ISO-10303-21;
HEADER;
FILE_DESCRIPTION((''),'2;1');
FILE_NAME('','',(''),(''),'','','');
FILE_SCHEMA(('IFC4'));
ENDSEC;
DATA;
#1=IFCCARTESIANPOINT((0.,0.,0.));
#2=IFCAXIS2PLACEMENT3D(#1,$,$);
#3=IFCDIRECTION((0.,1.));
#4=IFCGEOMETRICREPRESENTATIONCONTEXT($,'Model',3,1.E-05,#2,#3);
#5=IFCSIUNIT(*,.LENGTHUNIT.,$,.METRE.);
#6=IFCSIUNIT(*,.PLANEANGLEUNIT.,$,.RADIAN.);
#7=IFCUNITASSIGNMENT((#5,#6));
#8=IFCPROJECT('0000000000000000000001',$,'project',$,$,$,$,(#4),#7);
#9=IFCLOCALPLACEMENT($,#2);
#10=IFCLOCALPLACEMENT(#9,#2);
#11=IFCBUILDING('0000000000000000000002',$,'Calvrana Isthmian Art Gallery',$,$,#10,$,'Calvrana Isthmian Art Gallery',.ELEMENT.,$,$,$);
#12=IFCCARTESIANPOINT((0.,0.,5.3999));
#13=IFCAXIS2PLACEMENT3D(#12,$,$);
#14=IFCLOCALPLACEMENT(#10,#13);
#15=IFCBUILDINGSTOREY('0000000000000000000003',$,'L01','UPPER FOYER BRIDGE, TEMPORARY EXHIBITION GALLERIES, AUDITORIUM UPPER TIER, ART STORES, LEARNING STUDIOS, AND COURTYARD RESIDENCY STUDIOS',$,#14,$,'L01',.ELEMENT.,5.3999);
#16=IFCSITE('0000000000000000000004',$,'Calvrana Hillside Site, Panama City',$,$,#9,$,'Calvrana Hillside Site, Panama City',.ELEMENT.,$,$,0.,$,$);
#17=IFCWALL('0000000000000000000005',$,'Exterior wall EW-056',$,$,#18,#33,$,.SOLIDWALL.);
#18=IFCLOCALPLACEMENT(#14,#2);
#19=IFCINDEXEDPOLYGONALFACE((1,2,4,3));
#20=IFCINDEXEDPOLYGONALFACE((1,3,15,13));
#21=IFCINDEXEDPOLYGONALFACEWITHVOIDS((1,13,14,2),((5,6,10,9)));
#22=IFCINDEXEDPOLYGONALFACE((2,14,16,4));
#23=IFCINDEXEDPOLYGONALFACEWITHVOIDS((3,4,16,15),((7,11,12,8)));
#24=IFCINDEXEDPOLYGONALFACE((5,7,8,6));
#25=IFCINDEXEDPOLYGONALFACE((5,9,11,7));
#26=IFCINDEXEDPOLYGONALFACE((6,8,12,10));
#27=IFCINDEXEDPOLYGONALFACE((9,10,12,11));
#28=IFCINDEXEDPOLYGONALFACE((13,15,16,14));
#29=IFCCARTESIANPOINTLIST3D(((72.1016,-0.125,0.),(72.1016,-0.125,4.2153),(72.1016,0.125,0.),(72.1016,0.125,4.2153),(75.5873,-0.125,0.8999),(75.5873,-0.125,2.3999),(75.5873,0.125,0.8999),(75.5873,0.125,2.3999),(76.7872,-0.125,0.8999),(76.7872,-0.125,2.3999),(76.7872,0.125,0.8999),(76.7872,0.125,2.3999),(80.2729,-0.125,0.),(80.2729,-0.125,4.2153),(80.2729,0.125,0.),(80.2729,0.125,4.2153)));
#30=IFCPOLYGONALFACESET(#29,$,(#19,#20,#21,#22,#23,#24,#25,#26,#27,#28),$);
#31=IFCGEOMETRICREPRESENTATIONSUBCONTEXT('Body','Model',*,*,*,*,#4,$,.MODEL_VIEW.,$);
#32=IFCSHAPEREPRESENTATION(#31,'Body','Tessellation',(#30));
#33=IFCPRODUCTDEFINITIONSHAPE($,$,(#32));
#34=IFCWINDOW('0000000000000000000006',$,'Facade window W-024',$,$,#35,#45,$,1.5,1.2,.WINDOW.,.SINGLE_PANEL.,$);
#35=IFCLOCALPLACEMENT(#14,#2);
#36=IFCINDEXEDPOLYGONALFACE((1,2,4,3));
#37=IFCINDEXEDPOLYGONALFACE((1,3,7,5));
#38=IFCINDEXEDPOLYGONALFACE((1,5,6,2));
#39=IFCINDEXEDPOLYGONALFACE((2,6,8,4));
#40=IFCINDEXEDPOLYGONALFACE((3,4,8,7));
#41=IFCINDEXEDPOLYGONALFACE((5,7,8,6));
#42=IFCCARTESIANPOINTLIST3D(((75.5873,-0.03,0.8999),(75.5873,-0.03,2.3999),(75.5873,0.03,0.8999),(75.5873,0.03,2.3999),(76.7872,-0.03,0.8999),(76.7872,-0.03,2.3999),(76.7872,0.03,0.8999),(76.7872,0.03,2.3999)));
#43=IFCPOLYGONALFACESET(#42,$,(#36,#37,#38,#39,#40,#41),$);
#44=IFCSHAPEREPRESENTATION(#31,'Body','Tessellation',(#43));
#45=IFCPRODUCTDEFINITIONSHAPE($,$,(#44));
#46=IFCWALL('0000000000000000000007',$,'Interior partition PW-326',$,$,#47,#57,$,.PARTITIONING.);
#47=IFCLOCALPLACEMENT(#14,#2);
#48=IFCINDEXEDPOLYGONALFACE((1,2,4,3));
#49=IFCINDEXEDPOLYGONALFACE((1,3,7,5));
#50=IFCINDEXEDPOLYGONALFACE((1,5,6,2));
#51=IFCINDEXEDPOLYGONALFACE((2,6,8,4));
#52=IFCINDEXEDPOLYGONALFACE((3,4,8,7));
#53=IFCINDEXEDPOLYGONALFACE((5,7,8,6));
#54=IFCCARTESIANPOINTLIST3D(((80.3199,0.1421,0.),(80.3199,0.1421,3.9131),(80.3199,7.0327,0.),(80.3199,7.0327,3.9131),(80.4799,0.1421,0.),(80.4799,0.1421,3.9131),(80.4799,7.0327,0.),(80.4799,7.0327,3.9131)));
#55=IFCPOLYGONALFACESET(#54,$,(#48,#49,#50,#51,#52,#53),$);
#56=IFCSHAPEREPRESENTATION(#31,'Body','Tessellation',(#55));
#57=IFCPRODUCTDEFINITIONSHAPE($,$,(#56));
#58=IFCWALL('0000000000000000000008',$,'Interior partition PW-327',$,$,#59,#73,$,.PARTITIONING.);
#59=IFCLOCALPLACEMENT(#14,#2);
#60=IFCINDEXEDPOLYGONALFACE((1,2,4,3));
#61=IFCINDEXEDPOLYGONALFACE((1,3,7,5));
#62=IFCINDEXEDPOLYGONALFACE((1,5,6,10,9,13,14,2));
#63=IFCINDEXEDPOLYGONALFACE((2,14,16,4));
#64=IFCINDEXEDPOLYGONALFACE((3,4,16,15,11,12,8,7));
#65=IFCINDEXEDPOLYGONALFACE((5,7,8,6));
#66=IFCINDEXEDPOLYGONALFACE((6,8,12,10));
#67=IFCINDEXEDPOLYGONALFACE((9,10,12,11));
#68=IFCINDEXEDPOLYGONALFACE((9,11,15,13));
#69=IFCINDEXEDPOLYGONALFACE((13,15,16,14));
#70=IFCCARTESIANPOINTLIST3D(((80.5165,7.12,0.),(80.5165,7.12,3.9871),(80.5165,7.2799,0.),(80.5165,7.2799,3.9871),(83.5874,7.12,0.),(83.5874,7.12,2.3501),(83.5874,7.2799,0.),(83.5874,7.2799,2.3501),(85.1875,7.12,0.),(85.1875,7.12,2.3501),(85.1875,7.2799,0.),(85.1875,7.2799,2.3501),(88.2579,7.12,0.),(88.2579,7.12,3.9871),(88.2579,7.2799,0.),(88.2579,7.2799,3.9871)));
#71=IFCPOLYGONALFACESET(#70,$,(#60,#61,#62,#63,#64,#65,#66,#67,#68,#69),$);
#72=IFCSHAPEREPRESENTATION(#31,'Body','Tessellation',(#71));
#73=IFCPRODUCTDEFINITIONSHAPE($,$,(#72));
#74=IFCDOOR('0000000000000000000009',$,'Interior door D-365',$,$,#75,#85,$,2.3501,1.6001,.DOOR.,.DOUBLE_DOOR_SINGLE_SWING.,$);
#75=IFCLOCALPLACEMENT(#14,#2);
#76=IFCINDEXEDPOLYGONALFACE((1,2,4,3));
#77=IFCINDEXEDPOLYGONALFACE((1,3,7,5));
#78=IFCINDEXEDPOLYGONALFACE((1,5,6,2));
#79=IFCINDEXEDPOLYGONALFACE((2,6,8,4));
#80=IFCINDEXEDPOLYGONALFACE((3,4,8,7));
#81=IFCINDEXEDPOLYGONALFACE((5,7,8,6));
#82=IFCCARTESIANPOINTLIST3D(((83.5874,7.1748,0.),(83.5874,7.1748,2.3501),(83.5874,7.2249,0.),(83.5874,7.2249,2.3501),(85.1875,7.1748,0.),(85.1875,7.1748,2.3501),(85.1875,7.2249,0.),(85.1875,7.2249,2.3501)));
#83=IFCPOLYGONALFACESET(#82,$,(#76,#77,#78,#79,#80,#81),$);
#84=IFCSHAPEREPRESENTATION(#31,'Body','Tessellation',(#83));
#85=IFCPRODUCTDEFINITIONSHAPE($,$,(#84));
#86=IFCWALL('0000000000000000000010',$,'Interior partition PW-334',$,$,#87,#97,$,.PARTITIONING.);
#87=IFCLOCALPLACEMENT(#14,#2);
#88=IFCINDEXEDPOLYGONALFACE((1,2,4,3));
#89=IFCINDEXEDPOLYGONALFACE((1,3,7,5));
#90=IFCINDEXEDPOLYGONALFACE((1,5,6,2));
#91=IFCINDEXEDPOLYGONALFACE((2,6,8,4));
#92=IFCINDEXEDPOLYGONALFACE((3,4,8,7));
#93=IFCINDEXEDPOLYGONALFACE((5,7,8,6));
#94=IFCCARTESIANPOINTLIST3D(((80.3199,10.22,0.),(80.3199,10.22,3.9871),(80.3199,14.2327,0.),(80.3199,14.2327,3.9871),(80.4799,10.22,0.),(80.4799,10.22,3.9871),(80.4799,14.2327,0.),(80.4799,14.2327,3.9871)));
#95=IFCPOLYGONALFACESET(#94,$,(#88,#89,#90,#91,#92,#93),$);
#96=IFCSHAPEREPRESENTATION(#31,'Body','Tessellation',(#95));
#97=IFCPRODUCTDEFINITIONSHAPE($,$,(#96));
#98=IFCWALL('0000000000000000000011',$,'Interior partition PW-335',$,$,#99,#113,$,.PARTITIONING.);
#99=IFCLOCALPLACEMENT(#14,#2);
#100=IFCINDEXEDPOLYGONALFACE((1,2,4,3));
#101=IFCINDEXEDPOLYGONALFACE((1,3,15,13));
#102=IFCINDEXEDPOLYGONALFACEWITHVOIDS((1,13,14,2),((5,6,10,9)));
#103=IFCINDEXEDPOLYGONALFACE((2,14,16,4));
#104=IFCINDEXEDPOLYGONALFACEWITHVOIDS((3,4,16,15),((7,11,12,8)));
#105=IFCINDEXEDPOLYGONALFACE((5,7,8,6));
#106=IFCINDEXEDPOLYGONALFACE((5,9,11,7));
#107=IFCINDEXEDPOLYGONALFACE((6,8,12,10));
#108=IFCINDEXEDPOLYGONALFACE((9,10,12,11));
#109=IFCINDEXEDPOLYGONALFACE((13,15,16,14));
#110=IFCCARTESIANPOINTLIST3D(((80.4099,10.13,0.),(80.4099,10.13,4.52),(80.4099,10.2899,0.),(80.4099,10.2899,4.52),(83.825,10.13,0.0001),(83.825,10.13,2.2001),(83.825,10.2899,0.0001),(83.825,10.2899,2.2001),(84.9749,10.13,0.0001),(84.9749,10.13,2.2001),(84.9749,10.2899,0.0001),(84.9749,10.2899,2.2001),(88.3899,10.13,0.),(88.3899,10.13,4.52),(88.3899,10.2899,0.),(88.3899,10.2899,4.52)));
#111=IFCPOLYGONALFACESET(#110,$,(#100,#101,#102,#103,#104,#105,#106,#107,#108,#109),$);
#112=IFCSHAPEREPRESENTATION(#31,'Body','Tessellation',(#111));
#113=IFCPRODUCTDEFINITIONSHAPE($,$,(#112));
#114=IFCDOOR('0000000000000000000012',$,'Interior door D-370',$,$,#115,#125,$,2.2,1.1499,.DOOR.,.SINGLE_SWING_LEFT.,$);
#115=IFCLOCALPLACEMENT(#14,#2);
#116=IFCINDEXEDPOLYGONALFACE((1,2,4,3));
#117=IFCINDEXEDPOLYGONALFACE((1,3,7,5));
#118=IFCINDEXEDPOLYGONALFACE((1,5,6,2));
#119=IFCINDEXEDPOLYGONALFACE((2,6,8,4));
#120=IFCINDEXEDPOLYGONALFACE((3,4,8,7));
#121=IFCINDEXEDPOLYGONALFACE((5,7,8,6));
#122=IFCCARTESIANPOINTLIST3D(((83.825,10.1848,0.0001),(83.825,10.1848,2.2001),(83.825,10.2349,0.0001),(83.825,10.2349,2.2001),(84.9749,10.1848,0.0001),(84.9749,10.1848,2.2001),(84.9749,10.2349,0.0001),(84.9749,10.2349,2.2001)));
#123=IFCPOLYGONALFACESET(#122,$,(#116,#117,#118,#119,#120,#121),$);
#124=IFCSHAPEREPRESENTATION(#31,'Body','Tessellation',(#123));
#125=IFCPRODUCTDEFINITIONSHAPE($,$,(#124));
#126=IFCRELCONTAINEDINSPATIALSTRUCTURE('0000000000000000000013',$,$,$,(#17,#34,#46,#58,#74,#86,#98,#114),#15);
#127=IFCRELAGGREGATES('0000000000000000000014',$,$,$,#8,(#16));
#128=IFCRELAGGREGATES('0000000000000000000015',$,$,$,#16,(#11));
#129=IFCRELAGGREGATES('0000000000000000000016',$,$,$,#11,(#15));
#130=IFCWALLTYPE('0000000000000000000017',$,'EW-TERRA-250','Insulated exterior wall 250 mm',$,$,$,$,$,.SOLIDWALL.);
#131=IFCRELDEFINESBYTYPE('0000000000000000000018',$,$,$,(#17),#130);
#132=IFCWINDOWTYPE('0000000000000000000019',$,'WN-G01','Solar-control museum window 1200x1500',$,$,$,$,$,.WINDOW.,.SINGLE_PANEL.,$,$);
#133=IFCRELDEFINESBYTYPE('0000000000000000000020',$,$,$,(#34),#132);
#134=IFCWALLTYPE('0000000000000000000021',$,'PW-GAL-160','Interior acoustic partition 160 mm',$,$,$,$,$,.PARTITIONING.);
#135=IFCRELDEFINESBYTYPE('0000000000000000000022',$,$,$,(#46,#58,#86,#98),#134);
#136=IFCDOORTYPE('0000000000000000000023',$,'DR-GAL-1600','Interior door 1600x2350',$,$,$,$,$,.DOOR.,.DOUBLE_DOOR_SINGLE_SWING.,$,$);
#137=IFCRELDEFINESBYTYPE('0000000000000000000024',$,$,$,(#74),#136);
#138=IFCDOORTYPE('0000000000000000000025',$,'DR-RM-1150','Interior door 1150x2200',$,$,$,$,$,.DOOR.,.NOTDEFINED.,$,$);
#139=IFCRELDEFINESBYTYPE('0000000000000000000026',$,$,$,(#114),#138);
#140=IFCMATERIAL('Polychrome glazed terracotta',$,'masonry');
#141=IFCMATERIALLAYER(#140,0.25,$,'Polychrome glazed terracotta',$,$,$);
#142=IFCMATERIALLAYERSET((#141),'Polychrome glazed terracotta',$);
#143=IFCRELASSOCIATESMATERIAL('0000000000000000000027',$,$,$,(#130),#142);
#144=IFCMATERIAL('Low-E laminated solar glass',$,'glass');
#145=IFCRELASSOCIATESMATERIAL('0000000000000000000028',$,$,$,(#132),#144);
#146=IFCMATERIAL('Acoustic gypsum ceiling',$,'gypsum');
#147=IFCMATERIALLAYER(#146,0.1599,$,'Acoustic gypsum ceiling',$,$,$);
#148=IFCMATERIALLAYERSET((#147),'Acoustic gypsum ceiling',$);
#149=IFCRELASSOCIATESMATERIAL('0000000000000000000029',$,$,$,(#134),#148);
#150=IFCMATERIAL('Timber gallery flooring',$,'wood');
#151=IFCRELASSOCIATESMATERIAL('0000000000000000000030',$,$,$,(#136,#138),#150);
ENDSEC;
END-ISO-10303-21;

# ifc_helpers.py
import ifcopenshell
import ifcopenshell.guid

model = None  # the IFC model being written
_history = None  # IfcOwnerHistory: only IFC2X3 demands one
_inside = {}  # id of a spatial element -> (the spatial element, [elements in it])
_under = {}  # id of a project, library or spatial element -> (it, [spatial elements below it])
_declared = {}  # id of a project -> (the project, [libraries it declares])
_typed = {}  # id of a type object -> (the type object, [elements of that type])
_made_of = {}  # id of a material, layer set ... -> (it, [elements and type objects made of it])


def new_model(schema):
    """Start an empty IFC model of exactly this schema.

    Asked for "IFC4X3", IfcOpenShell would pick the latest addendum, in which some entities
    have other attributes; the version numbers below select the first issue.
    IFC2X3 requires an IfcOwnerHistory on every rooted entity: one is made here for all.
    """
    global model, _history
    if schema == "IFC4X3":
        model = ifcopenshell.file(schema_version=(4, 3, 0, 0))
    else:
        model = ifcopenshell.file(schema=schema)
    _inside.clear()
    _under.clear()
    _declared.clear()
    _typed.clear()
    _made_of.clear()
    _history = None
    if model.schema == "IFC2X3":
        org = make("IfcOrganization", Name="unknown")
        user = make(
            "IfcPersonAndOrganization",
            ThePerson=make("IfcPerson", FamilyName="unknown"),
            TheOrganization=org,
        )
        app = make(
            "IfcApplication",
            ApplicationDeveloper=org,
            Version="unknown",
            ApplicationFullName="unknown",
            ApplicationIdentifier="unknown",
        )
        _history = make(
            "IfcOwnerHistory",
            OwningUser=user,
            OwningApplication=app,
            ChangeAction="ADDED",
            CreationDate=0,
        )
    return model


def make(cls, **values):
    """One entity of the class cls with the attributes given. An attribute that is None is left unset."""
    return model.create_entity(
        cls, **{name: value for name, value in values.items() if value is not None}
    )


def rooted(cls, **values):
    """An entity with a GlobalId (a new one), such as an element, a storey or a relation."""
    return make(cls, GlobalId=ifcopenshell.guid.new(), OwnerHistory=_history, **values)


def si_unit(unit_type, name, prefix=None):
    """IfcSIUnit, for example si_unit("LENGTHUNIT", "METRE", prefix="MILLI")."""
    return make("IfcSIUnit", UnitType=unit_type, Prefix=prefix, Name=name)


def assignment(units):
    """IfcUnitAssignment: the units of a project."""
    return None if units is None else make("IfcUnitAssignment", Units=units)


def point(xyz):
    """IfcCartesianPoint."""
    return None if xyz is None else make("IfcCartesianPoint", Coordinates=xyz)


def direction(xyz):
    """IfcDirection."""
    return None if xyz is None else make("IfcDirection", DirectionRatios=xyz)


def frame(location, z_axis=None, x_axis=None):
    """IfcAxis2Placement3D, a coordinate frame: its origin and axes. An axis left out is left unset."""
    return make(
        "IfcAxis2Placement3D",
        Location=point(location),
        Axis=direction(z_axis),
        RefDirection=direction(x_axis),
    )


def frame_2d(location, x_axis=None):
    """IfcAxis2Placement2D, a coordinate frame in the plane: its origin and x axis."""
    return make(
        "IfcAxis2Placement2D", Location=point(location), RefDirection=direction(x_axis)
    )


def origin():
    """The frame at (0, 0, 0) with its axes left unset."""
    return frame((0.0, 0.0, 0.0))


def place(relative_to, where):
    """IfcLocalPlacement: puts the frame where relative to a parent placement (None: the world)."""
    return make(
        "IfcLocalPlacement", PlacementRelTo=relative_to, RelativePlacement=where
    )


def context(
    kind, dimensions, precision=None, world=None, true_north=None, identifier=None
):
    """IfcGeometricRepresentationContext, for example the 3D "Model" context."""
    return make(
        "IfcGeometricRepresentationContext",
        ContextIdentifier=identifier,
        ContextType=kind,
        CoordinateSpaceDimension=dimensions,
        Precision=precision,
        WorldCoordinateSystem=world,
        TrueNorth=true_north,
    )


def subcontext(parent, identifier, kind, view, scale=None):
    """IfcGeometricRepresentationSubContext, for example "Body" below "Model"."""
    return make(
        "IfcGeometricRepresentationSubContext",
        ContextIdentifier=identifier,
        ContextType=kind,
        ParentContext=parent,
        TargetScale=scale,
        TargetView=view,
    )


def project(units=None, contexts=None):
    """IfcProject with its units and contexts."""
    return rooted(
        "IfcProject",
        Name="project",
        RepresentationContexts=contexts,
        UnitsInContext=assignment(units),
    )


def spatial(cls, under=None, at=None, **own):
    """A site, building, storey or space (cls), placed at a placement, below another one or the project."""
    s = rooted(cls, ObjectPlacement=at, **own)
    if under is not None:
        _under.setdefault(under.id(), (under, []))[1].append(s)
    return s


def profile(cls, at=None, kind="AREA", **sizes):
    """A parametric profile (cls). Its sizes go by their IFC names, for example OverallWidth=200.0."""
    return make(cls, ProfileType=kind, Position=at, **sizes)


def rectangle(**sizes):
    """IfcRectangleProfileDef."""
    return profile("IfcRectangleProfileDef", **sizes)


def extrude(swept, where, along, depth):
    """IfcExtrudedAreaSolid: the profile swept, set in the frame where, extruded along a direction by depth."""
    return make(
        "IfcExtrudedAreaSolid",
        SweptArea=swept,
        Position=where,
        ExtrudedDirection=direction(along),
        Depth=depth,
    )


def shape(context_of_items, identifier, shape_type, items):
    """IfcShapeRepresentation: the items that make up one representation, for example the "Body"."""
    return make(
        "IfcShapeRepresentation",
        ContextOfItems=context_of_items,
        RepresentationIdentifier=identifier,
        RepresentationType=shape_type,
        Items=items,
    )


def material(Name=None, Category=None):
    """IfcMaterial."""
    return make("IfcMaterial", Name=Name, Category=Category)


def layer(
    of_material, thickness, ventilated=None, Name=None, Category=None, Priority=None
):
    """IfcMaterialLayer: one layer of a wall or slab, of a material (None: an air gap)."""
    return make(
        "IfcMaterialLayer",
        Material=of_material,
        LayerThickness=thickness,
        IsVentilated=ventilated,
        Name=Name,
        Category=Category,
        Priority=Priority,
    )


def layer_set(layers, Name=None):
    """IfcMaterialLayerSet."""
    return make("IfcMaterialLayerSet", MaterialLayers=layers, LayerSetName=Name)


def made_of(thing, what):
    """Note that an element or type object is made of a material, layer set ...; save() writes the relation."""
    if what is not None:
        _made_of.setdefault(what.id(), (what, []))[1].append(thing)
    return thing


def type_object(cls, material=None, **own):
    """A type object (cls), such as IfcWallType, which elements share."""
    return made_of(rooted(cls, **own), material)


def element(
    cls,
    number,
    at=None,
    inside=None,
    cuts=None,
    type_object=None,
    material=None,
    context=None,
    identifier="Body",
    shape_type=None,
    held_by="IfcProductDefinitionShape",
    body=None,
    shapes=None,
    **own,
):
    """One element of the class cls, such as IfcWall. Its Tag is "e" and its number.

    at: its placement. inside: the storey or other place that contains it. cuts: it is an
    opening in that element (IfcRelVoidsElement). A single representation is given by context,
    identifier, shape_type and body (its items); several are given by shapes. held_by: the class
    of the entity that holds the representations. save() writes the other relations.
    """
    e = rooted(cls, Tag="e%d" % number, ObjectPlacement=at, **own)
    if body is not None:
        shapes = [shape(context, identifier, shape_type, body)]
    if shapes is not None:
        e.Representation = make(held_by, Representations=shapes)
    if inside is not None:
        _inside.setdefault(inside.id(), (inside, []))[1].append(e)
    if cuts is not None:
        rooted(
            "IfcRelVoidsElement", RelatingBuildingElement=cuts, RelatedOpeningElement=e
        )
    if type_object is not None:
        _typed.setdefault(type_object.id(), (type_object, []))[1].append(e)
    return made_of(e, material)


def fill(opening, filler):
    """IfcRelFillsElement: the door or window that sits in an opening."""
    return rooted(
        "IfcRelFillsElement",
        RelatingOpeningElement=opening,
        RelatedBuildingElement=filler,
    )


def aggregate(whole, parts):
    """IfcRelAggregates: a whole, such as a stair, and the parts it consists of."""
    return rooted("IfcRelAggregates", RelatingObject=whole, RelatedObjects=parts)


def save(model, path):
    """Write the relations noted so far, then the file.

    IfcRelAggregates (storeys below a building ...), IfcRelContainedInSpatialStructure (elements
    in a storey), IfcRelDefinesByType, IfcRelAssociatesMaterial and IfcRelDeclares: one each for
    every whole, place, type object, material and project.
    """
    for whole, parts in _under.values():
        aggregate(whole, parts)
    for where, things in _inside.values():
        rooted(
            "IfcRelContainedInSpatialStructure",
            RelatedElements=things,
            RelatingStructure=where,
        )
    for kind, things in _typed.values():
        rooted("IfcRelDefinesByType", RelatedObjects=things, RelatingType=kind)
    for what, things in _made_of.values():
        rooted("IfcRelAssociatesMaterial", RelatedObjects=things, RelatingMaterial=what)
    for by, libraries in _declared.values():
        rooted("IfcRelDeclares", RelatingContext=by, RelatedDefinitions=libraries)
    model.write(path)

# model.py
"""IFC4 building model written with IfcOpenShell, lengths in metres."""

from ifc_helpers import new_model, si_unit, direction, frame, frame_2d, origin, place, context, subcontext, project, spatial, rectangle, extrude, material, layer, layer_set, type_object, element, fill, save


model = new_model("IFC4")

# Units and contexts
model_context = context("Model", 3, precision=1e-05, world=origin(), true_north=direction((0.0, 1.0)))
body_context = subcontext(model_context, "Body", "Model", "MODEL_VIEW")
ifc_project = project(units=[si_unit("LENGTHUNIT", "METRE"), si_unit("PLANEANGLEUNIT", "RADIAN")], contexts=[model_context])

# Site, building, storey
site_placement = place(None, origin())
site = spatial("IfcSite", under=ifc_project, at=site_placement, Name="Calvrana Hillside Site, Panama City", LongName="Calvrana Hillside Site, Panama City", CompositionType="ELEMENT", RefElevation=0.0)
building_placement = place(site_placement, origin())
building = spatial("IfcBuilding", under=site, at=building_placement, Name="Calvrana Isthmian Art Gallery", LongName="Calvrana Isthmian Art Gallery", CompositionType="ELEMENT")
storey_placement = place(building_placement, frame((0.0, 0.0, 5.3999)))
storey = spatial("IfcBuildingStorey", under=building, at=storey_placement, Name="L01", Description="UPPER FOYER BRIDGE, TEMPORARY EXHIBITION GALLERIES, AUDITORIUM UPPER TIER, ART STORES, LEARNING STUDIOS, AND COURTYARD RESIDENCY STUDIOS", LongName="L01", CompositionType="ELEMENT", Elevation=5.3999)

# Shared definitions
ifc_material_1 = material(Name="Low-E laminated solar glass", Category="glass")

# Wall, opening, window
ifc_material_2 = material(Name="Polychrome glazed terracotta", Category="masonry")
ifc_layer_1 = layer(ifc_material_2, 0.25, Name="Polychrome glazed terracotta")
ifc_layer_set_1 = layer_set([ifc_layer_1], Name="Polychrome glazed terracotta")
wall_type_1 = type_object("IfcWallType", Name="EW-TERRA-250", Description="Insulated exterior wall 250 mm", PredefinedType="SOLIDWALL", material=ifc_layer_set_1)
wall_1_placement = place(storey_placement, frame((80.2729, 0.0, 0.0), z_axis=(0.0, 0.0, 1.0), x_axis=(-1.0, 0.0, 0.0)))
wall_1 = element("IfcWall", 1, at=wall_1_placement, inside=storey, type_object=wall_type_1, Name="Exterior wall EW-056", PredefinedType="SOLIDWALL", context=body_context, shape_type="SweptSolid", body=[
    extrude(rectangle(XDim=8.1714, YDim=0.25, at=frame_2d((4.0857, 0.0))), origin(), (0.0, 0.0, 1.0), 4.2153),
])
opening_1_placement = place(wall_1_placement, frame((3.4856, 0.0, 0.8999)))
opening_1 = element("IfcOpeningElement", 2, at=opening_1_placement, cuts=wall_1, PredefinedType="OPENING", context=body_context, shape_type="SweptSolid", body=[
    extrude(rectangle(XDim=1.2, YDim=1.5, at=frame_2d((0.6001, 0.75))), frame((0.0, 0.1353, 0.0), z_axis=(0.0, -1.0, 0.0), x_axis=(1.0, 0.0, 0.0)), (0.0, 0.0, 1.0), 0.2705),
])
window_type = type_object("IfcWindowType", Name="WN-G01", Description="Solar-control museum window 1200x1500", PartitioningType="SINGLE_PANEL", PredefinedType="WINDOW", material=ifc_material_1)
window_placement = place(opening_1_placement, origin())
window = element("IfcWindow", 3, at=window_placement, inside=storey, type_object=window_type, Name="Facade window W-024", OverallHeight=1.5, OverallWidth=1.2, PartitioningType="SINGLE_PANEL", PredefinedType="WINDOW", context=body_context, shape_type="SweptSolid", body=[
    extrude(rectangle(XDim=1.2, YDim=1.5, at=frame_2d((0.6001, 0.75))), frame((0.0, 0.03, 0.0), z_axis=(0.0, -1.0, 0.0), x_axis=(1.0, 0.0, 0.0)), (0.0, 0.0, 1.0), 0.0601),
])
fill(opening_1, window)

# Wall
ifc_material_3 = material(Name="Acoustic gypsum ceiling", Category="gypsum")
ifc_layer_2 = layer(ifc_material_3, 0.1599, Name="Acoustic gypsum ceiling")
ifc_layer_set_2 = layer_set([ifc_layer_2], Name="Acoustic gypsum ceiling")
wall_type_2 = type_object("IfcWallType", Name="PW-GAL-160", Description="Interior acoustic partition 160 mm", PredefinedType="PARTITIONING", material=ifc_layer_set_2)
wall_2_placement = place(storey_placement, frame((80.3999, 0.1421, 0.0), z_axis=(0.0, 0.0, 1.0), x_axis=(0.0, 1.0, 0.0)))
element("IfcWall", 4, at=wall_2_placement, inside=storey, type_object=wall_type_2, Name="Interior partition PW-326", PredefinedType="PARTITIONING", context=body_context, shape_type="SweptSolid", body=[
    extrude(rectangle(XDim=6.8906, YDim=0.1599, at=frame_2d((3.4453, 0.0))), origin(), (0.0, 0.0, 1.0), 3.9131),
])

# Wall, opening, door
wall_3_placement = place(storey_placement, frame((80.5166, 7.2, 0.0), z_axis=(0.0, 0.0, 1.0), x_axis=(1.0, 0.0, 0.0)))
wall_3 = element("IfcWall", 5, at=wall_3_placement, inside=storey, type_object=wall_type_2, Name="Interior partition PW-327", PredefinedType="PARTITIONING", context=body_context, shape_type="SweptSolid", body=[
    extrude(rectangle(XDim=7.7415, YDim=0.1599, at=frame_2d((3.8706, 0.0))), origin(), (0.0, 0.0, 1.0), 3.9871),
])
opening_2_placement = place(wall_3_placement, frame((3.0708, 0.0, 0.0)))
opening_2 = element("IfcOpeningElement", 6, at=opening_2_placement, cuts=wall_3, PredefinedType="OPENING", context=body_context, shape_type="SweptSolid", body=[
    extrude(rectangle(XDim=1.6001, YDim=2.3501, at=frame_2d((0.8, 1.175))), frame((0.0, 0.0903, 0.0), z_axis=(0.0, -1.0, 0.0), x_axis=(1.0, 0.0, 0.0)), (0.0, 0.0, 1.0), 0.1804),
])
ifc_material_4 = material(Name="Timber gallery flooring", Category="wood")
door_type_1 = type_object("IfcDoorType", Name="DR-GAL-1600", Description="Interior door 1600x2350", OperationType="DOUBLE_DOOR_SINGLE_SWING", PredefinedType="DOOR", material=ifc_material_4)
door_1_placement = place(opening_2_placement, origin())
door_1 = element("IfcDoor", 7, at=door_1_placement, inside=storey, type_object=door_type_1, Name="Interior door D-365", OperationType="DOUBLE_DOOR_SINGLE_SWING", OverallHeight=2.3501, OverallWidth=1.6001, PredefinedType="DOOR", context=body_context, shape_type="SweptSolid", body=[
    extrude(rectangle(XDim=1.6001, YDim=2.3501, at=frame_2d((0.8, 1.175))), frame((0.0, 0.0249, 0.0), z_axis=(0.0, -1.0, 0.0), x_axis=(1.0, 0.0, 0.0)), (0.0, 0.0, 1.0), 0.05),
])
fill(opening_2, door_1)

# Wall
wall_4_placement = place(storey_placement, frame((80.3999, 10.22, 0.0), z_axis=(0.0, 0.0, 1.0), x_axis=(0.0, 1.0, 0.0)))
element("IfcWall", 8, at=wall_4_placement, inside=storey, type_object=wall_type_2, Name="Interior partition PW-334", PredefinedType="PARTITIONING", context=body_context, shape_type="SweptSolid", body=[
    extrude(rectangle(XDim=4.0127, YDim=0.1599, at=frame_2d((2.0063, 0.0))), origin(), (0.0, 0.0, 1.0), 3.9871),
])

# Wall, opening, door
wall_5_placement = place(storey_placement, frame((80.4099, 10.21, 0.0), z_axis=(0.0, 0.0, 1.0), x_axis=(1.0, 0.0, 0.0)))
wall_5 = element("IfcWall", 9, at=wall_5_placement, inside=storey, type_object=wall_type_2, Name="Interior partition PW-335", PredefinedType="PARTITIONING", context=body_context, shape_type="SweptSolid", body=[
    extrude(rectangle(XDim=7.98, YDim=0.1599, at=frame_2d((3.99, 0.0))), origin(), (0.0, 0.0, 1.0), 4.52),
])
opening_3_placement = place(wall_5_placement, frame((3.415, 0.0, 0.0)))
opening_3 = element("IfcOpeningElement", 10, at=opening_3_placement, cuts=wall_5, PredefinedType="OPENING", context=body_context, shape_type="SweptSolid", body=[
    extrude(rectangle(XDim=1.1499, YDim=2.2, at=frame_2d((0.575, 1.1001))), frame((0.0, 0.0903, 0.0), z_axis=(0.0, -1.0, 0.0), x_axis=(1.0, 0.0, 0.0)), (0.0, 0.0, 1.0), 0.1804),
])
door_type_2 = type_object("IfcDoorType", Name="DR-RM-1150", Description="Interior door 1150x2200", OperationType="NOTDEFINED", PredefinedType="DOOR", material=ifc_material_4)
door_2_placement = place(opening_3_placement, origin())
door_2 = element("IfcDoor", 11, at=door_2_placement, inside=storey, type_object=door_type_2, Name="Interior door D-370", OperationType="SINGLE_SWING_LEFT", OverallHeight=2.2, OverallWidth=1.1499, PredefinedType="DOOR", context=body_context, shape_type="SweptSolid", body=[
    extrude(rectangle(XDim=1.1499, YDim=2.2, at=frame_2d((0.575, 1.1001))), frame((0.0, 0.0249, 0.0), z_axis=(0.0, -1.0, 0.0), x_axis=(1.0, 0.0, 0.0)), (0.0, 0.0, 1.0), 0.05),
])
fill(opening_3, door_2)

save(model, "model.ifc")
